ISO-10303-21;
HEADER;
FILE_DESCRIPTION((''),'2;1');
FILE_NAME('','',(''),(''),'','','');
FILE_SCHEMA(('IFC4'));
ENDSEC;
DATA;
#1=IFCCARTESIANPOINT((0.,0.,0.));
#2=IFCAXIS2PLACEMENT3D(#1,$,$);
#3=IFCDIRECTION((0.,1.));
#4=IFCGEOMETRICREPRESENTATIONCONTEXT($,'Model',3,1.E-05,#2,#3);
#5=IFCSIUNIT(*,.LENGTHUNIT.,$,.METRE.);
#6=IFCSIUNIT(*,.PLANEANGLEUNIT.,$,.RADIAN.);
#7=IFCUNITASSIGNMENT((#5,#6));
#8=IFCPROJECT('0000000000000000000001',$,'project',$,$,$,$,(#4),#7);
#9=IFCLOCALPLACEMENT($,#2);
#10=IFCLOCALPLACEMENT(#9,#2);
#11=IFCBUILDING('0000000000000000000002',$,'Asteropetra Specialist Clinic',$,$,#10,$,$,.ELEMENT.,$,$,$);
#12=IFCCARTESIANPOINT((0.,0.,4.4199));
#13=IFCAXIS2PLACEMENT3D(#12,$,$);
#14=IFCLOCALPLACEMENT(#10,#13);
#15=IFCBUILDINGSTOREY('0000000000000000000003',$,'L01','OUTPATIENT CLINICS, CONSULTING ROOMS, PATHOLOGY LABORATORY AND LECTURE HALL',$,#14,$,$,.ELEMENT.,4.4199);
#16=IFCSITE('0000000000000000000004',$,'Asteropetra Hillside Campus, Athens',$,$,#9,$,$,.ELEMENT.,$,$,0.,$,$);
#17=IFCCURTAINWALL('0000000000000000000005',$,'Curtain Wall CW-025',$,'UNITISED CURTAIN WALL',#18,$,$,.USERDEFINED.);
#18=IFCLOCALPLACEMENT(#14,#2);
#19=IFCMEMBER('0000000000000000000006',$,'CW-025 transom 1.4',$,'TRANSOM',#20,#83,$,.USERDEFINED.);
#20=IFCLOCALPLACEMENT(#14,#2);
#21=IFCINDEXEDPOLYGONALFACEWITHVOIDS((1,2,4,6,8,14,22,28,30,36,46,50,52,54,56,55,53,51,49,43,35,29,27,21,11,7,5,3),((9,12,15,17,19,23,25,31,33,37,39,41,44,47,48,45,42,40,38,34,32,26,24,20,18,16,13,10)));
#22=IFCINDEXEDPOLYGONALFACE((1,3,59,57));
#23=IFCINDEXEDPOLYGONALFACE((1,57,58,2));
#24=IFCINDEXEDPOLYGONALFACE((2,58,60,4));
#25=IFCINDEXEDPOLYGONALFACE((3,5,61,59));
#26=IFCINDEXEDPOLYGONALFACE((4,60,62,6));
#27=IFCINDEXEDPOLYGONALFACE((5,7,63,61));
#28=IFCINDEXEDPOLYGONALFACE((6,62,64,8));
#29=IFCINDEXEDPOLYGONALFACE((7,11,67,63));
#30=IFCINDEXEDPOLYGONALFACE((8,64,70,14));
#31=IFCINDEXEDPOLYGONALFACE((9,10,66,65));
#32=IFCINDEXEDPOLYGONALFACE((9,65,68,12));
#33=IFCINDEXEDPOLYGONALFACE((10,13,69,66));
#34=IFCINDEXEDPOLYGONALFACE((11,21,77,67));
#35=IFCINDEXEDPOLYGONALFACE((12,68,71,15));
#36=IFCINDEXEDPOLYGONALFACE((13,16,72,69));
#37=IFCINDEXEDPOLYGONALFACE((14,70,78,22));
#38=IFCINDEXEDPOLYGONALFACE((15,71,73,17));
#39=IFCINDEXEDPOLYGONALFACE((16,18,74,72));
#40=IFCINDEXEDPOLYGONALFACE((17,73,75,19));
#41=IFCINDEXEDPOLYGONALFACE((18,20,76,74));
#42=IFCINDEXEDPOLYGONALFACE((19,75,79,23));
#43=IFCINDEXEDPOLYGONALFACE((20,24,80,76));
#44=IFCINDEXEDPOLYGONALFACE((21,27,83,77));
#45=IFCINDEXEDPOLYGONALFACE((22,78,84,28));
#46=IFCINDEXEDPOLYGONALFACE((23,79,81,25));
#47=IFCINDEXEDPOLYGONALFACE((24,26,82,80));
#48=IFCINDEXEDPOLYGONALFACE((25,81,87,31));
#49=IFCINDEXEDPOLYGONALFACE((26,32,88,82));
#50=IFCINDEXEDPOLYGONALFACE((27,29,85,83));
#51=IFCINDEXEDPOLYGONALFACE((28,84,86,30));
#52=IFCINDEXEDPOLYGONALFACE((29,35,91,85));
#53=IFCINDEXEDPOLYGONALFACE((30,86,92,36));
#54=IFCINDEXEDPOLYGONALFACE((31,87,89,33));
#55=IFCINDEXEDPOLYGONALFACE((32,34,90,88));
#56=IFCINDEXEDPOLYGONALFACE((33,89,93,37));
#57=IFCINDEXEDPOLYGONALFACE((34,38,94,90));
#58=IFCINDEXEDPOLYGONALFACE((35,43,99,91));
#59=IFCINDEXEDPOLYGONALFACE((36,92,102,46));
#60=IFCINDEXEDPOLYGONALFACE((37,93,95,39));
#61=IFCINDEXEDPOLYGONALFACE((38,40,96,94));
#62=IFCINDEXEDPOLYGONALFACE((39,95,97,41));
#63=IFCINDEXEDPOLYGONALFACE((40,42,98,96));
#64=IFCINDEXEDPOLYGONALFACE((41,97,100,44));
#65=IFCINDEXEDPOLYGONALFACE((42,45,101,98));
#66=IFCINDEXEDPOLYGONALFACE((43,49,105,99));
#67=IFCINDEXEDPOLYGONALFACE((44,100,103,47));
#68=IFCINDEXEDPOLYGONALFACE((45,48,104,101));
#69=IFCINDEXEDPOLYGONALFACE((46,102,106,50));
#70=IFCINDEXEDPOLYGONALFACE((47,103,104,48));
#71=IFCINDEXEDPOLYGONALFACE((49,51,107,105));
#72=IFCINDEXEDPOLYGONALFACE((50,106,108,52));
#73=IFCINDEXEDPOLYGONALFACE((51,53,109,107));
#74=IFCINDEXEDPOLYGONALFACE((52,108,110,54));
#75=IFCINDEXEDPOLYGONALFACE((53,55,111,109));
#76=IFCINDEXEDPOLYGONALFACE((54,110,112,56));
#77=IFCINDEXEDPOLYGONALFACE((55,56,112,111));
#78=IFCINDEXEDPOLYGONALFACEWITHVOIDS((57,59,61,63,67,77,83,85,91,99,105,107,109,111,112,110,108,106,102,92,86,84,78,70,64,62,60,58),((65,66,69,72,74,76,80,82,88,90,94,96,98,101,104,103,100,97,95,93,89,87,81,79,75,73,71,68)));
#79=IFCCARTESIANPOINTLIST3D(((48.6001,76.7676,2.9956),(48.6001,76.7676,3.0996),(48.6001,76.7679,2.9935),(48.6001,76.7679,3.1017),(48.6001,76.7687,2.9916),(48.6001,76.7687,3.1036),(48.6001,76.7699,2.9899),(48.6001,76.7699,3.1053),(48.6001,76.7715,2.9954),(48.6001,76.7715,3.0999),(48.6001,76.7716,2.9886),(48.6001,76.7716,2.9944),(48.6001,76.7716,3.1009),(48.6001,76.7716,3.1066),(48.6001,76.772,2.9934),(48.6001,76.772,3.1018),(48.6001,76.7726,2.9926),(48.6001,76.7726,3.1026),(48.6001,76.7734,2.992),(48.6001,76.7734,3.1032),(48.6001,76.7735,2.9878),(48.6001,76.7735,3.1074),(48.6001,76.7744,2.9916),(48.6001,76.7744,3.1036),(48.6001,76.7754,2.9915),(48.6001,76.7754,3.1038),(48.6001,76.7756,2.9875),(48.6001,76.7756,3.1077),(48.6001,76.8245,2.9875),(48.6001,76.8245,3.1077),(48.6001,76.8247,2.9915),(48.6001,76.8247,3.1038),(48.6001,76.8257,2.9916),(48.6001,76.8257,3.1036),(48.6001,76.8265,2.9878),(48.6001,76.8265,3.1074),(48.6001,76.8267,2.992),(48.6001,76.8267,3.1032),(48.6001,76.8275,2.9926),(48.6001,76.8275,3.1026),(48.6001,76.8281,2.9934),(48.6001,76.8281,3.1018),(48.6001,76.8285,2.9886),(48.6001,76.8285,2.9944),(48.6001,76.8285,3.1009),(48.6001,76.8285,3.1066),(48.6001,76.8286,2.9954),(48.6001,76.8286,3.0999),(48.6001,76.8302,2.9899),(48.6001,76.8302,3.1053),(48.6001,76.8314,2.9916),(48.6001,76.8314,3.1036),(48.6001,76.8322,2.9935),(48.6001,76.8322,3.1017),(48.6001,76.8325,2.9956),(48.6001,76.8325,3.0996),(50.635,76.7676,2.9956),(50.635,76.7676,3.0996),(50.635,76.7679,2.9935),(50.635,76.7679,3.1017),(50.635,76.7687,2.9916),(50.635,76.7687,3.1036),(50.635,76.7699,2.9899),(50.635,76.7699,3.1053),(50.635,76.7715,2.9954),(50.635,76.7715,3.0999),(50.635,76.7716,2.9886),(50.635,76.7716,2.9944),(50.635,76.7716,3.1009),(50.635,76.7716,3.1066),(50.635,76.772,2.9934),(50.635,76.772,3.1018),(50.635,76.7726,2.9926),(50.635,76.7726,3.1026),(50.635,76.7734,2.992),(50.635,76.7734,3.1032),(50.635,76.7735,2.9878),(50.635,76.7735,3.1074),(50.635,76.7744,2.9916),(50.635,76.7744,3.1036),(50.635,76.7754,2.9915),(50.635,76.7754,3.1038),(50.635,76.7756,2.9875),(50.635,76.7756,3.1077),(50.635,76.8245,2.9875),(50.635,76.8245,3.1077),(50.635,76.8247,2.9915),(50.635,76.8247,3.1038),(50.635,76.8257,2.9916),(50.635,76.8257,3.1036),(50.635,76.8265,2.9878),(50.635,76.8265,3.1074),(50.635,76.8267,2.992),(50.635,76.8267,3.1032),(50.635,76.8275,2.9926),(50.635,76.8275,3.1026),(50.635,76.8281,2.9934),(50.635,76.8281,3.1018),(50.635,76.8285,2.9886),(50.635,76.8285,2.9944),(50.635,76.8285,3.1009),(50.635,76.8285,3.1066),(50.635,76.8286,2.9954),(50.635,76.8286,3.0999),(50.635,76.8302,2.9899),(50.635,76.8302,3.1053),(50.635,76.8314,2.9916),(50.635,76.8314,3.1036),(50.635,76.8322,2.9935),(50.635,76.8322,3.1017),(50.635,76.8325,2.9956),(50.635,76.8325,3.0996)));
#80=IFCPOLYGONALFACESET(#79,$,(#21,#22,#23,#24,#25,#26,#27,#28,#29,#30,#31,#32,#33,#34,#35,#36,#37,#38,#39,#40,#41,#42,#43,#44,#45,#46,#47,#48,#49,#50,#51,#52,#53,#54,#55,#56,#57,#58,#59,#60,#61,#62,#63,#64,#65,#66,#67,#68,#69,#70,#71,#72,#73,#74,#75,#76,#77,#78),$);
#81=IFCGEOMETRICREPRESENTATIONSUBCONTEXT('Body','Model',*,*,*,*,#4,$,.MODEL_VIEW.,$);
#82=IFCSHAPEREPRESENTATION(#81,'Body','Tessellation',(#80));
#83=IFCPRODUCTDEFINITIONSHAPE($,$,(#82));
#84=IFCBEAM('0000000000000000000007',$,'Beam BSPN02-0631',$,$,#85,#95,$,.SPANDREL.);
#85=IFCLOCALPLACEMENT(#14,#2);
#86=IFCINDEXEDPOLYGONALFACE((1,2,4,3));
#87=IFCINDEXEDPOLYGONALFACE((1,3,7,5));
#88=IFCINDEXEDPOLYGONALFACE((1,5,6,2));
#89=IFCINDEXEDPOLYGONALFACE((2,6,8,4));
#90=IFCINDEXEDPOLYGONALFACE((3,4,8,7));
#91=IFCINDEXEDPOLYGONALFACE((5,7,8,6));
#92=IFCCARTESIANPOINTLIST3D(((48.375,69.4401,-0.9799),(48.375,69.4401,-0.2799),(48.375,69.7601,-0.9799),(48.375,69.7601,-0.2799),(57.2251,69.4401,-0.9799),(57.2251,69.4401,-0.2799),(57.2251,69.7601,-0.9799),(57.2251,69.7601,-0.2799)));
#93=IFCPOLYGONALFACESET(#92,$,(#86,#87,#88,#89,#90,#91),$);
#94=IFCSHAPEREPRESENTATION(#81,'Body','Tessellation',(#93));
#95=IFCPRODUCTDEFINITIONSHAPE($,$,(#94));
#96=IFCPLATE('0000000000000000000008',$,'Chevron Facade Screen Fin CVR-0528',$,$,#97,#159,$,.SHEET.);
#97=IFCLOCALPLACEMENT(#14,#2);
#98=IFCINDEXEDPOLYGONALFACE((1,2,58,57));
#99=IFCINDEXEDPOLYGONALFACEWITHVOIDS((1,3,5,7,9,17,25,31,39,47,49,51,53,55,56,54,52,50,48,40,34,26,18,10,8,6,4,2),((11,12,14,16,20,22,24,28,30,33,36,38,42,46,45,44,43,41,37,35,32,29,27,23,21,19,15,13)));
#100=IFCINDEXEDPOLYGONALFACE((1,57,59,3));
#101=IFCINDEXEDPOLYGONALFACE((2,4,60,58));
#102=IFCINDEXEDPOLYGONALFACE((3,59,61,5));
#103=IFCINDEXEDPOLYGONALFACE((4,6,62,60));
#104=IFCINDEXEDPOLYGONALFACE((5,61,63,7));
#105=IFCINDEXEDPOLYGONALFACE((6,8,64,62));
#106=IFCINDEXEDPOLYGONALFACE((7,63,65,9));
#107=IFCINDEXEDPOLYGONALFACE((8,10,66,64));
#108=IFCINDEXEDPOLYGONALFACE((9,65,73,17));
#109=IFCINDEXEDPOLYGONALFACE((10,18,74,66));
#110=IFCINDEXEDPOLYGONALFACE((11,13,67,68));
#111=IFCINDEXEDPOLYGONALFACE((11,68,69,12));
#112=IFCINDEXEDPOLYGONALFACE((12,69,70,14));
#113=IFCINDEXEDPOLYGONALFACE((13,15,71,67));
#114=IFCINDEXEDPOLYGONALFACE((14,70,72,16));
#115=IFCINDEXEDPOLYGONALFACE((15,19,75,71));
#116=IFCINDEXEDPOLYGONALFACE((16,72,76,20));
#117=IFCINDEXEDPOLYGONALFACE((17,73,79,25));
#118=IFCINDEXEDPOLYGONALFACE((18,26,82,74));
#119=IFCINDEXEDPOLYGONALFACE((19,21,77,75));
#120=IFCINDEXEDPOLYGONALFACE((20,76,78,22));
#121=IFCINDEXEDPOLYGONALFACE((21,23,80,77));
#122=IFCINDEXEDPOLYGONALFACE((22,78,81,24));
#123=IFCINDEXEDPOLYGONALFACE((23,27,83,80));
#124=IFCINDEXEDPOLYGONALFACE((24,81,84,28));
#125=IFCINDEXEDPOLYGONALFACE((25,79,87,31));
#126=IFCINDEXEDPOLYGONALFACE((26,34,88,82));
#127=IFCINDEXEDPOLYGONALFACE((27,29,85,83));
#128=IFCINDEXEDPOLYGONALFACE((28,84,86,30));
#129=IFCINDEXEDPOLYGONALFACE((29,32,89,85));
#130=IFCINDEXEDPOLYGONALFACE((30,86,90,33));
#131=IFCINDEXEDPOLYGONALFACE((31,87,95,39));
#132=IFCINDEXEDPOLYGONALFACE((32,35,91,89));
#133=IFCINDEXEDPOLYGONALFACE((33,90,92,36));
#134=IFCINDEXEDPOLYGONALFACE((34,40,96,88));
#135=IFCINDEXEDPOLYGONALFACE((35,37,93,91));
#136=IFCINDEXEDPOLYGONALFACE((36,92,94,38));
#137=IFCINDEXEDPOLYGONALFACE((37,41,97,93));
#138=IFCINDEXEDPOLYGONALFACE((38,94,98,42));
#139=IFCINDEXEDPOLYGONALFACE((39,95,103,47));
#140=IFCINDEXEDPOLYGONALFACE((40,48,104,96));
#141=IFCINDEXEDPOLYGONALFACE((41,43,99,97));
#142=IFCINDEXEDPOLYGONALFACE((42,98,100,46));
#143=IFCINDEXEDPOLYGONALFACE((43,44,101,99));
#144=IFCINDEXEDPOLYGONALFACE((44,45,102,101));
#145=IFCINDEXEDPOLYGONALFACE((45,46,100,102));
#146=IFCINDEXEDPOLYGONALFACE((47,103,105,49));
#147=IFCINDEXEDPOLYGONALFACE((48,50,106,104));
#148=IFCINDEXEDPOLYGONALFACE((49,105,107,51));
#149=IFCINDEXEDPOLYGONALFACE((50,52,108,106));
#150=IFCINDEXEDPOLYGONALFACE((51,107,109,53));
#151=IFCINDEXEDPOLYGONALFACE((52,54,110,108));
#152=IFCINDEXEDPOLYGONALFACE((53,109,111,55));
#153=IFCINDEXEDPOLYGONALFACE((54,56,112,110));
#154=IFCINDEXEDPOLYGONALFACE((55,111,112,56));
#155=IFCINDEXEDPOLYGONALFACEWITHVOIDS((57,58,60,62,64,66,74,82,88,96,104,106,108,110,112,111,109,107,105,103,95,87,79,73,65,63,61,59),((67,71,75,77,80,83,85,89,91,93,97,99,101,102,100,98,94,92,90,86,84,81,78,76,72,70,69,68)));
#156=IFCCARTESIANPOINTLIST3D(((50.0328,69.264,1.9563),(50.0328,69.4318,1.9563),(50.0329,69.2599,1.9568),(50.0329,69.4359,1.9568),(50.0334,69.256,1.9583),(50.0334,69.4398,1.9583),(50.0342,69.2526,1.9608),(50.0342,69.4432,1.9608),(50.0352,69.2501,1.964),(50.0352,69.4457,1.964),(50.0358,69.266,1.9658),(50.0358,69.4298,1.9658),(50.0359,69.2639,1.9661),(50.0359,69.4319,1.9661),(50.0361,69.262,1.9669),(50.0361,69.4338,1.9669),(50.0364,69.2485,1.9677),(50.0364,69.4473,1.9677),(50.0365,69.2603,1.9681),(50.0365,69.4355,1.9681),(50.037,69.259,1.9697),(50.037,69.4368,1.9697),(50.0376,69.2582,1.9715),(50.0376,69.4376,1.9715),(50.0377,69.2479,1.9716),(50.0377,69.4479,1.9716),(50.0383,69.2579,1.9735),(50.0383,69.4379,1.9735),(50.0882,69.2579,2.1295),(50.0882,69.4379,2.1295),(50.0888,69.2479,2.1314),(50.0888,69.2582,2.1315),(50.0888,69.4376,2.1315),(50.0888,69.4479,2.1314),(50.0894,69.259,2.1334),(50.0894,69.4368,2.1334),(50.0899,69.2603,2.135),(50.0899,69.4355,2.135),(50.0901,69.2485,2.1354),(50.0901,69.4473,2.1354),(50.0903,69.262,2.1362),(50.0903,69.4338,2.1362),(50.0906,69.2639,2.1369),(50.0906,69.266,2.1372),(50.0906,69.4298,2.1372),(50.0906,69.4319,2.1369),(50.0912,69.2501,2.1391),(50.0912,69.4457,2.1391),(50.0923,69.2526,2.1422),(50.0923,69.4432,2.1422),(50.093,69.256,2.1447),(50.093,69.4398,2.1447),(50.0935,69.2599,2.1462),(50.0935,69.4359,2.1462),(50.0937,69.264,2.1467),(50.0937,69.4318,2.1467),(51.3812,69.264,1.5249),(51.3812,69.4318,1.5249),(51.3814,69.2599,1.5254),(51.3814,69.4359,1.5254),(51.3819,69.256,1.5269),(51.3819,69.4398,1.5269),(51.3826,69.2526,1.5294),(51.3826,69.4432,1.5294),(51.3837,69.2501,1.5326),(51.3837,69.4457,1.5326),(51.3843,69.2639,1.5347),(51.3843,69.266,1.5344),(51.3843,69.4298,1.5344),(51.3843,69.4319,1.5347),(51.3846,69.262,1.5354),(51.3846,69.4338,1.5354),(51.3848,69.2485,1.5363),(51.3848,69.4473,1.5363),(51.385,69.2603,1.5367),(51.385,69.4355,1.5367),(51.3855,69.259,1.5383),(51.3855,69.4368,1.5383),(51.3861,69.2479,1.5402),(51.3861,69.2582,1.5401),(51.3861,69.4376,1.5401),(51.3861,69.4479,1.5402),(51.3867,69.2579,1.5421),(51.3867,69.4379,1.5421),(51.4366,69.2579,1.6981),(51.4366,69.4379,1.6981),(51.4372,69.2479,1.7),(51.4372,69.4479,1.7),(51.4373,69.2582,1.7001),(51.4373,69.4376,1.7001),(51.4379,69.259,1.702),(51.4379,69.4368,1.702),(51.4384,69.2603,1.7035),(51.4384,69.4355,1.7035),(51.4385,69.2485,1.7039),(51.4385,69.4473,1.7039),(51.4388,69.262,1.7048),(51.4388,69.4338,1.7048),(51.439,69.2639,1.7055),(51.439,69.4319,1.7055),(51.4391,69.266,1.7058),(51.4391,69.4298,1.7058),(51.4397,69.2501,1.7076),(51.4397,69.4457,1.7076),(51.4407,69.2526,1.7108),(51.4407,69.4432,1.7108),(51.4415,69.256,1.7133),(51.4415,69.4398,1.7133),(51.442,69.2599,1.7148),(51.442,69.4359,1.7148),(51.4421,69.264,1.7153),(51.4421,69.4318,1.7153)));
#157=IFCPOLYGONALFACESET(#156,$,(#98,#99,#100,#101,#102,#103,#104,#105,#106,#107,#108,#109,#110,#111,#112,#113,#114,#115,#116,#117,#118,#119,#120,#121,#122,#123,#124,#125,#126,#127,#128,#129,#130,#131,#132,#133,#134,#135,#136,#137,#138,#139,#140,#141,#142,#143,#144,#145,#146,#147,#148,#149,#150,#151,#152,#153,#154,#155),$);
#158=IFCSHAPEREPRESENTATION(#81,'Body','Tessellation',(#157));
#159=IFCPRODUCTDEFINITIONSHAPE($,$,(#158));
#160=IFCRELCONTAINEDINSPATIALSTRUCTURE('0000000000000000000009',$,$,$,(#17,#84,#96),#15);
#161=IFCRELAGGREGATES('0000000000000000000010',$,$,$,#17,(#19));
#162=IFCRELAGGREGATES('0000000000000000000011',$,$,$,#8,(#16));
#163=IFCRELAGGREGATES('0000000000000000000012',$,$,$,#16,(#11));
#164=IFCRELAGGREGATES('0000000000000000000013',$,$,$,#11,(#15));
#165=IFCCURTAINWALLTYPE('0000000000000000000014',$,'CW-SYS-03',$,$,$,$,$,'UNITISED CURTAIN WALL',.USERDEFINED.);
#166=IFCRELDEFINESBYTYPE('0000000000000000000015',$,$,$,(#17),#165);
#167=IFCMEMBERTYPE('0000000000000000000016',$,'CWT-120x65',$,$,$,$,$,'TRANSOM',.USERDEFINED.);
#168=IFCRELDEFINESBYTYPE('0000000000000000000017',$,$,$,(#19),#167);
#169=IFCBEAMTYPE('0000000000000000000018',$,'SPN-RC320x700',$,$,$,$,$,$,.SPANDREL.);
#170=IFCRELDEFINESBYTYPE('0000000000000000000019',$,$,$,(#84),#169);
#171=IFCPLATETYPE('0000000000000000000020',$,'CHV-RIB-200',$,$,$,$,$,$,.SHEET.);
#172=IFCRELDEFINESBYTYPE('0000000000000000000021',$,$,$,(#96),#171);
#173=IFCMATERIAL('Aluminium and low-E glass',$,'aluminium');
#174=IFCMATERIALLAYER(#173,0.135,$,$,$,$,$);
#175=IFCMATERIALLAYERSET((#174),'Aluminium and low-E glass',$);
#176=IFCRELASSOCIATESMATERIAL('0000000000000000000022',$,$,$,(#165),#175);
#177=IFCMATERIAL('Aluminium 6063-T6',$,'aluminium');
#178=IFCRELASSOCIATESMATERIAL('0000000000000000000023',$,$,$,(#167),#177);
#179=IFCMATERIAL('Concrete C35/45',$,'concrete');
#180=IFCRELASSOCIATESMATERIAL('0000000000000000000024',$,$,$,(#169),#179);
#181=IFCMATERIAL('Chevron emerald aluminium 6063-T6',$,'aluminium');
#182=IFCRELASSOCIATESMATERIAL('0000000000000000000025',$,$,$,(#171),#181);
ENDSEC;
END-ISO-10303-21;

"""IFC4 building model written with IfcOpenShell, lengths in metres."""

from ifc_helpers import new_model, si_unit, direction, frame, origin, origin_2d, place, context, subcontext, project, spatial, rectangle, hollow_rectangle, extrude, material, layer, layer_set, material_profile, profile_set, type_object, element, aggregate, save


model = new_model("IFC4")

# Units and contexts
model_context = context("Model", 3, precision=1e-05, world=origin(), true_north=direction((0.0, 1.0)))
body_context = subcontext(model_context, "Body", "Model", "MODEL_VIEW")
ifc_project = project(units=[si_unit("LENGTHUNIT", "METRE"), si_unit("PLANEANGLEUNIT", "RADIAN")], contexts=[model_context])

# Site, building, storey
site_placement = place(None, origin())
site = spatial("IfcSite", under=ifc_project, at=site_placement, Name="Asteropetra Hillside Campus, Athens", CompositionType="ELEMENT", RefElevation=0.0)
building_placement = place(site_placement, origin())
building = spatial("IfcBuilding", under=site, at=building_placement, Name="Asteropetra Specialist Clinic", CompositionType="ELEMENT")
storey_placement = place(building_placement, frame((0.0, 0.0, 4.4199)))
storey = spatial("IfcBuildingStorey", under=building, at=storey_placement, Name="L01", Description="OUTPATIENT CLINICS, CONSULTING ROOMS, PATHOLOGY LABORATORY AND LECTURE HALL", CompositionType="ELEMENT", Elevation=4.4199)

# Curtain wall, member
ifc_material_1 = material(Name="Aluminium and low-E glass", Category="aluminium")
ifc_layer_1 = layer(ifc_material_1, 0.135)
ifc_layer_set_1 = layer_set([ifc_layer_1], Name="Aluminium and low-E glass")
curtain_wall_type = type_object("IfcCurtainWallType", Name="CW-SYS-03", ElementType="UNITISED CURTAIN WALL", PredefinedType="USERDEFINED", material=ifc_layer_set_1)
curtain_wall_placement = place(storey_placement, origin())
curtain_wall = element("IfcCurtainWall", 1, at=curtain_wall_placement, inside=storey, type_object=curtain_wall_type, Name="Curtain Wall CW-025", ObjectType="UNITISED CURTAIN WALL", PredefinedType="USERDEFINED")
ifc_material_2 = material(Name="Aluminium 6063-T6", Category="aluminium")
ifc_material_profile_1 = material_profile(ifc_material_2, hollow_rectangle(XDim=0.0649, YDim=0.1201, WallThickness=0.0039, InnerFilletRadius=0.0039, OuterFilletRadius=0.0081, at=origin_2d()), Name="TRN 120x65x4.0")
ifc_profile_set_1 = profile_set([ifc_material_profile_1], Name="Aluminium 6063-T6")
member_type_1 = type_object("IfcMemberType", Name="CWT-120x65", ElementType="TRANSOM", PredefinedType="USERDEFINED", material=ifc_profile_set_1)
member_1_placement = place(storey_placement, frame((48.6001, 76.8, 3.0476), z_axis=(1.0, 0.0, 0.0), x_axis=(0.0, 1.0, 0.0)))
member_1 = element("IfcMember", 2, at=member_1_placement, type_object=member_type_1, Name="CW-025 transom 1.4", ObjectType="TRANSOM", PredefinedType="USERDEFINED", context=body_context, shape_type="SweptSolid", body=[
    extrude(hollow_rectangle(XDim=0.0649, YDim=0.1201, WallThickness=0.0039, InnerFilletRadius=0.0039, OuterFilletRadius=0.0081, at=origin_2d()), origin(), (0.0, 0.0, 1.0), 2.0349),
])

# Beam
ifc_material_3 = material(Name="Concrete C35/45", Category="concrete")
ifc_material_profile_2 = material_profile(ifc_material_3, rectangle(XDim=0.3201, YDim=0.7, at=origin_2d()), Name="RCS 320x700")
ifc_profile_set_2 = profile_set([ifc_material_profile_2], Name="Concrete C35/45")
beam_type_1 = type_object("IfcBeamType", Name="SPN-RC320x700", PredefinedType="SPANDREL", material=ifc_profile_set_2)
beam_1_placement = place(storey_placement, frame((48.375, 69.6001, -0.6299), z_axis=(1.0, 0.0, 0.0), x_axis=(0.0, 1.0, 0.0)))
element("IfcBeam", 3, at=beam_1_placement, inside=storey, type_object=beam_type_1, Name="Beam BSPN02-0631", PredefinedType="SPANDREL", context=body_context, shape_type="SweptSolid", body=[
    extrude(rectangle(XDim=0.3201, YDim=0.7, at=origin_2d()), origin(), (0.0, 0.0, 1.0), 8.8501),
])

# Plate
ifc_material_4 = material(Name="Chevron emerald aluminium 6063-T6", Category="aluminium")
ifc_material_profile_3 = material_profile(ifc_material_4, hollow_rectangle(XDim=0.2, YDim=0.2, WallThickness=0.01, InnerFilletRadius=0.0081, OuterFilletRadius=0.0161, at=origin_2d()), Name="SHS 200x200x10.0")
ifc_profile_set_3 = profile_set([ifc_material_profile_3], Name="Chevron emerald aluminium 6063-T6")
plate_type_1 = type_object("IfcPlateType", Name="CHV-RIB-200", PredefinedType="SHEET", material=ifc_profile_set_3)
for number, where, z_axis, x_axis, name in (
    (4, (50.0632, 69.3479, 2.0515), (0.952442, 0.0, -0.304719), (0.0, 1.0, 0.0), "Chevron Facade Screen Fin CVR-0528"),
):
    element("IfcPlate", number, at=place(storey_placement, frame(where, z_axis=z_axis, x_axis=x_axis)), inside=storey, type_object=plate_type_1, Name=name, PredefinedType="SHEET", context=body_context, shape_type="SweptSolid", body=[
        extrude(hollow_rectangle(XDim=0.2, YDim=0.2, WallThickness=0.01, InnerFilletRadius=0.0081, OuterFilletRadius=0.0161, at=origin_2d()), origin(), (0.0, 0.0, 1.0), 1.4158),
    ])

aggregate(curtain_wall, [member_1])

save(model, "model.ifc")
